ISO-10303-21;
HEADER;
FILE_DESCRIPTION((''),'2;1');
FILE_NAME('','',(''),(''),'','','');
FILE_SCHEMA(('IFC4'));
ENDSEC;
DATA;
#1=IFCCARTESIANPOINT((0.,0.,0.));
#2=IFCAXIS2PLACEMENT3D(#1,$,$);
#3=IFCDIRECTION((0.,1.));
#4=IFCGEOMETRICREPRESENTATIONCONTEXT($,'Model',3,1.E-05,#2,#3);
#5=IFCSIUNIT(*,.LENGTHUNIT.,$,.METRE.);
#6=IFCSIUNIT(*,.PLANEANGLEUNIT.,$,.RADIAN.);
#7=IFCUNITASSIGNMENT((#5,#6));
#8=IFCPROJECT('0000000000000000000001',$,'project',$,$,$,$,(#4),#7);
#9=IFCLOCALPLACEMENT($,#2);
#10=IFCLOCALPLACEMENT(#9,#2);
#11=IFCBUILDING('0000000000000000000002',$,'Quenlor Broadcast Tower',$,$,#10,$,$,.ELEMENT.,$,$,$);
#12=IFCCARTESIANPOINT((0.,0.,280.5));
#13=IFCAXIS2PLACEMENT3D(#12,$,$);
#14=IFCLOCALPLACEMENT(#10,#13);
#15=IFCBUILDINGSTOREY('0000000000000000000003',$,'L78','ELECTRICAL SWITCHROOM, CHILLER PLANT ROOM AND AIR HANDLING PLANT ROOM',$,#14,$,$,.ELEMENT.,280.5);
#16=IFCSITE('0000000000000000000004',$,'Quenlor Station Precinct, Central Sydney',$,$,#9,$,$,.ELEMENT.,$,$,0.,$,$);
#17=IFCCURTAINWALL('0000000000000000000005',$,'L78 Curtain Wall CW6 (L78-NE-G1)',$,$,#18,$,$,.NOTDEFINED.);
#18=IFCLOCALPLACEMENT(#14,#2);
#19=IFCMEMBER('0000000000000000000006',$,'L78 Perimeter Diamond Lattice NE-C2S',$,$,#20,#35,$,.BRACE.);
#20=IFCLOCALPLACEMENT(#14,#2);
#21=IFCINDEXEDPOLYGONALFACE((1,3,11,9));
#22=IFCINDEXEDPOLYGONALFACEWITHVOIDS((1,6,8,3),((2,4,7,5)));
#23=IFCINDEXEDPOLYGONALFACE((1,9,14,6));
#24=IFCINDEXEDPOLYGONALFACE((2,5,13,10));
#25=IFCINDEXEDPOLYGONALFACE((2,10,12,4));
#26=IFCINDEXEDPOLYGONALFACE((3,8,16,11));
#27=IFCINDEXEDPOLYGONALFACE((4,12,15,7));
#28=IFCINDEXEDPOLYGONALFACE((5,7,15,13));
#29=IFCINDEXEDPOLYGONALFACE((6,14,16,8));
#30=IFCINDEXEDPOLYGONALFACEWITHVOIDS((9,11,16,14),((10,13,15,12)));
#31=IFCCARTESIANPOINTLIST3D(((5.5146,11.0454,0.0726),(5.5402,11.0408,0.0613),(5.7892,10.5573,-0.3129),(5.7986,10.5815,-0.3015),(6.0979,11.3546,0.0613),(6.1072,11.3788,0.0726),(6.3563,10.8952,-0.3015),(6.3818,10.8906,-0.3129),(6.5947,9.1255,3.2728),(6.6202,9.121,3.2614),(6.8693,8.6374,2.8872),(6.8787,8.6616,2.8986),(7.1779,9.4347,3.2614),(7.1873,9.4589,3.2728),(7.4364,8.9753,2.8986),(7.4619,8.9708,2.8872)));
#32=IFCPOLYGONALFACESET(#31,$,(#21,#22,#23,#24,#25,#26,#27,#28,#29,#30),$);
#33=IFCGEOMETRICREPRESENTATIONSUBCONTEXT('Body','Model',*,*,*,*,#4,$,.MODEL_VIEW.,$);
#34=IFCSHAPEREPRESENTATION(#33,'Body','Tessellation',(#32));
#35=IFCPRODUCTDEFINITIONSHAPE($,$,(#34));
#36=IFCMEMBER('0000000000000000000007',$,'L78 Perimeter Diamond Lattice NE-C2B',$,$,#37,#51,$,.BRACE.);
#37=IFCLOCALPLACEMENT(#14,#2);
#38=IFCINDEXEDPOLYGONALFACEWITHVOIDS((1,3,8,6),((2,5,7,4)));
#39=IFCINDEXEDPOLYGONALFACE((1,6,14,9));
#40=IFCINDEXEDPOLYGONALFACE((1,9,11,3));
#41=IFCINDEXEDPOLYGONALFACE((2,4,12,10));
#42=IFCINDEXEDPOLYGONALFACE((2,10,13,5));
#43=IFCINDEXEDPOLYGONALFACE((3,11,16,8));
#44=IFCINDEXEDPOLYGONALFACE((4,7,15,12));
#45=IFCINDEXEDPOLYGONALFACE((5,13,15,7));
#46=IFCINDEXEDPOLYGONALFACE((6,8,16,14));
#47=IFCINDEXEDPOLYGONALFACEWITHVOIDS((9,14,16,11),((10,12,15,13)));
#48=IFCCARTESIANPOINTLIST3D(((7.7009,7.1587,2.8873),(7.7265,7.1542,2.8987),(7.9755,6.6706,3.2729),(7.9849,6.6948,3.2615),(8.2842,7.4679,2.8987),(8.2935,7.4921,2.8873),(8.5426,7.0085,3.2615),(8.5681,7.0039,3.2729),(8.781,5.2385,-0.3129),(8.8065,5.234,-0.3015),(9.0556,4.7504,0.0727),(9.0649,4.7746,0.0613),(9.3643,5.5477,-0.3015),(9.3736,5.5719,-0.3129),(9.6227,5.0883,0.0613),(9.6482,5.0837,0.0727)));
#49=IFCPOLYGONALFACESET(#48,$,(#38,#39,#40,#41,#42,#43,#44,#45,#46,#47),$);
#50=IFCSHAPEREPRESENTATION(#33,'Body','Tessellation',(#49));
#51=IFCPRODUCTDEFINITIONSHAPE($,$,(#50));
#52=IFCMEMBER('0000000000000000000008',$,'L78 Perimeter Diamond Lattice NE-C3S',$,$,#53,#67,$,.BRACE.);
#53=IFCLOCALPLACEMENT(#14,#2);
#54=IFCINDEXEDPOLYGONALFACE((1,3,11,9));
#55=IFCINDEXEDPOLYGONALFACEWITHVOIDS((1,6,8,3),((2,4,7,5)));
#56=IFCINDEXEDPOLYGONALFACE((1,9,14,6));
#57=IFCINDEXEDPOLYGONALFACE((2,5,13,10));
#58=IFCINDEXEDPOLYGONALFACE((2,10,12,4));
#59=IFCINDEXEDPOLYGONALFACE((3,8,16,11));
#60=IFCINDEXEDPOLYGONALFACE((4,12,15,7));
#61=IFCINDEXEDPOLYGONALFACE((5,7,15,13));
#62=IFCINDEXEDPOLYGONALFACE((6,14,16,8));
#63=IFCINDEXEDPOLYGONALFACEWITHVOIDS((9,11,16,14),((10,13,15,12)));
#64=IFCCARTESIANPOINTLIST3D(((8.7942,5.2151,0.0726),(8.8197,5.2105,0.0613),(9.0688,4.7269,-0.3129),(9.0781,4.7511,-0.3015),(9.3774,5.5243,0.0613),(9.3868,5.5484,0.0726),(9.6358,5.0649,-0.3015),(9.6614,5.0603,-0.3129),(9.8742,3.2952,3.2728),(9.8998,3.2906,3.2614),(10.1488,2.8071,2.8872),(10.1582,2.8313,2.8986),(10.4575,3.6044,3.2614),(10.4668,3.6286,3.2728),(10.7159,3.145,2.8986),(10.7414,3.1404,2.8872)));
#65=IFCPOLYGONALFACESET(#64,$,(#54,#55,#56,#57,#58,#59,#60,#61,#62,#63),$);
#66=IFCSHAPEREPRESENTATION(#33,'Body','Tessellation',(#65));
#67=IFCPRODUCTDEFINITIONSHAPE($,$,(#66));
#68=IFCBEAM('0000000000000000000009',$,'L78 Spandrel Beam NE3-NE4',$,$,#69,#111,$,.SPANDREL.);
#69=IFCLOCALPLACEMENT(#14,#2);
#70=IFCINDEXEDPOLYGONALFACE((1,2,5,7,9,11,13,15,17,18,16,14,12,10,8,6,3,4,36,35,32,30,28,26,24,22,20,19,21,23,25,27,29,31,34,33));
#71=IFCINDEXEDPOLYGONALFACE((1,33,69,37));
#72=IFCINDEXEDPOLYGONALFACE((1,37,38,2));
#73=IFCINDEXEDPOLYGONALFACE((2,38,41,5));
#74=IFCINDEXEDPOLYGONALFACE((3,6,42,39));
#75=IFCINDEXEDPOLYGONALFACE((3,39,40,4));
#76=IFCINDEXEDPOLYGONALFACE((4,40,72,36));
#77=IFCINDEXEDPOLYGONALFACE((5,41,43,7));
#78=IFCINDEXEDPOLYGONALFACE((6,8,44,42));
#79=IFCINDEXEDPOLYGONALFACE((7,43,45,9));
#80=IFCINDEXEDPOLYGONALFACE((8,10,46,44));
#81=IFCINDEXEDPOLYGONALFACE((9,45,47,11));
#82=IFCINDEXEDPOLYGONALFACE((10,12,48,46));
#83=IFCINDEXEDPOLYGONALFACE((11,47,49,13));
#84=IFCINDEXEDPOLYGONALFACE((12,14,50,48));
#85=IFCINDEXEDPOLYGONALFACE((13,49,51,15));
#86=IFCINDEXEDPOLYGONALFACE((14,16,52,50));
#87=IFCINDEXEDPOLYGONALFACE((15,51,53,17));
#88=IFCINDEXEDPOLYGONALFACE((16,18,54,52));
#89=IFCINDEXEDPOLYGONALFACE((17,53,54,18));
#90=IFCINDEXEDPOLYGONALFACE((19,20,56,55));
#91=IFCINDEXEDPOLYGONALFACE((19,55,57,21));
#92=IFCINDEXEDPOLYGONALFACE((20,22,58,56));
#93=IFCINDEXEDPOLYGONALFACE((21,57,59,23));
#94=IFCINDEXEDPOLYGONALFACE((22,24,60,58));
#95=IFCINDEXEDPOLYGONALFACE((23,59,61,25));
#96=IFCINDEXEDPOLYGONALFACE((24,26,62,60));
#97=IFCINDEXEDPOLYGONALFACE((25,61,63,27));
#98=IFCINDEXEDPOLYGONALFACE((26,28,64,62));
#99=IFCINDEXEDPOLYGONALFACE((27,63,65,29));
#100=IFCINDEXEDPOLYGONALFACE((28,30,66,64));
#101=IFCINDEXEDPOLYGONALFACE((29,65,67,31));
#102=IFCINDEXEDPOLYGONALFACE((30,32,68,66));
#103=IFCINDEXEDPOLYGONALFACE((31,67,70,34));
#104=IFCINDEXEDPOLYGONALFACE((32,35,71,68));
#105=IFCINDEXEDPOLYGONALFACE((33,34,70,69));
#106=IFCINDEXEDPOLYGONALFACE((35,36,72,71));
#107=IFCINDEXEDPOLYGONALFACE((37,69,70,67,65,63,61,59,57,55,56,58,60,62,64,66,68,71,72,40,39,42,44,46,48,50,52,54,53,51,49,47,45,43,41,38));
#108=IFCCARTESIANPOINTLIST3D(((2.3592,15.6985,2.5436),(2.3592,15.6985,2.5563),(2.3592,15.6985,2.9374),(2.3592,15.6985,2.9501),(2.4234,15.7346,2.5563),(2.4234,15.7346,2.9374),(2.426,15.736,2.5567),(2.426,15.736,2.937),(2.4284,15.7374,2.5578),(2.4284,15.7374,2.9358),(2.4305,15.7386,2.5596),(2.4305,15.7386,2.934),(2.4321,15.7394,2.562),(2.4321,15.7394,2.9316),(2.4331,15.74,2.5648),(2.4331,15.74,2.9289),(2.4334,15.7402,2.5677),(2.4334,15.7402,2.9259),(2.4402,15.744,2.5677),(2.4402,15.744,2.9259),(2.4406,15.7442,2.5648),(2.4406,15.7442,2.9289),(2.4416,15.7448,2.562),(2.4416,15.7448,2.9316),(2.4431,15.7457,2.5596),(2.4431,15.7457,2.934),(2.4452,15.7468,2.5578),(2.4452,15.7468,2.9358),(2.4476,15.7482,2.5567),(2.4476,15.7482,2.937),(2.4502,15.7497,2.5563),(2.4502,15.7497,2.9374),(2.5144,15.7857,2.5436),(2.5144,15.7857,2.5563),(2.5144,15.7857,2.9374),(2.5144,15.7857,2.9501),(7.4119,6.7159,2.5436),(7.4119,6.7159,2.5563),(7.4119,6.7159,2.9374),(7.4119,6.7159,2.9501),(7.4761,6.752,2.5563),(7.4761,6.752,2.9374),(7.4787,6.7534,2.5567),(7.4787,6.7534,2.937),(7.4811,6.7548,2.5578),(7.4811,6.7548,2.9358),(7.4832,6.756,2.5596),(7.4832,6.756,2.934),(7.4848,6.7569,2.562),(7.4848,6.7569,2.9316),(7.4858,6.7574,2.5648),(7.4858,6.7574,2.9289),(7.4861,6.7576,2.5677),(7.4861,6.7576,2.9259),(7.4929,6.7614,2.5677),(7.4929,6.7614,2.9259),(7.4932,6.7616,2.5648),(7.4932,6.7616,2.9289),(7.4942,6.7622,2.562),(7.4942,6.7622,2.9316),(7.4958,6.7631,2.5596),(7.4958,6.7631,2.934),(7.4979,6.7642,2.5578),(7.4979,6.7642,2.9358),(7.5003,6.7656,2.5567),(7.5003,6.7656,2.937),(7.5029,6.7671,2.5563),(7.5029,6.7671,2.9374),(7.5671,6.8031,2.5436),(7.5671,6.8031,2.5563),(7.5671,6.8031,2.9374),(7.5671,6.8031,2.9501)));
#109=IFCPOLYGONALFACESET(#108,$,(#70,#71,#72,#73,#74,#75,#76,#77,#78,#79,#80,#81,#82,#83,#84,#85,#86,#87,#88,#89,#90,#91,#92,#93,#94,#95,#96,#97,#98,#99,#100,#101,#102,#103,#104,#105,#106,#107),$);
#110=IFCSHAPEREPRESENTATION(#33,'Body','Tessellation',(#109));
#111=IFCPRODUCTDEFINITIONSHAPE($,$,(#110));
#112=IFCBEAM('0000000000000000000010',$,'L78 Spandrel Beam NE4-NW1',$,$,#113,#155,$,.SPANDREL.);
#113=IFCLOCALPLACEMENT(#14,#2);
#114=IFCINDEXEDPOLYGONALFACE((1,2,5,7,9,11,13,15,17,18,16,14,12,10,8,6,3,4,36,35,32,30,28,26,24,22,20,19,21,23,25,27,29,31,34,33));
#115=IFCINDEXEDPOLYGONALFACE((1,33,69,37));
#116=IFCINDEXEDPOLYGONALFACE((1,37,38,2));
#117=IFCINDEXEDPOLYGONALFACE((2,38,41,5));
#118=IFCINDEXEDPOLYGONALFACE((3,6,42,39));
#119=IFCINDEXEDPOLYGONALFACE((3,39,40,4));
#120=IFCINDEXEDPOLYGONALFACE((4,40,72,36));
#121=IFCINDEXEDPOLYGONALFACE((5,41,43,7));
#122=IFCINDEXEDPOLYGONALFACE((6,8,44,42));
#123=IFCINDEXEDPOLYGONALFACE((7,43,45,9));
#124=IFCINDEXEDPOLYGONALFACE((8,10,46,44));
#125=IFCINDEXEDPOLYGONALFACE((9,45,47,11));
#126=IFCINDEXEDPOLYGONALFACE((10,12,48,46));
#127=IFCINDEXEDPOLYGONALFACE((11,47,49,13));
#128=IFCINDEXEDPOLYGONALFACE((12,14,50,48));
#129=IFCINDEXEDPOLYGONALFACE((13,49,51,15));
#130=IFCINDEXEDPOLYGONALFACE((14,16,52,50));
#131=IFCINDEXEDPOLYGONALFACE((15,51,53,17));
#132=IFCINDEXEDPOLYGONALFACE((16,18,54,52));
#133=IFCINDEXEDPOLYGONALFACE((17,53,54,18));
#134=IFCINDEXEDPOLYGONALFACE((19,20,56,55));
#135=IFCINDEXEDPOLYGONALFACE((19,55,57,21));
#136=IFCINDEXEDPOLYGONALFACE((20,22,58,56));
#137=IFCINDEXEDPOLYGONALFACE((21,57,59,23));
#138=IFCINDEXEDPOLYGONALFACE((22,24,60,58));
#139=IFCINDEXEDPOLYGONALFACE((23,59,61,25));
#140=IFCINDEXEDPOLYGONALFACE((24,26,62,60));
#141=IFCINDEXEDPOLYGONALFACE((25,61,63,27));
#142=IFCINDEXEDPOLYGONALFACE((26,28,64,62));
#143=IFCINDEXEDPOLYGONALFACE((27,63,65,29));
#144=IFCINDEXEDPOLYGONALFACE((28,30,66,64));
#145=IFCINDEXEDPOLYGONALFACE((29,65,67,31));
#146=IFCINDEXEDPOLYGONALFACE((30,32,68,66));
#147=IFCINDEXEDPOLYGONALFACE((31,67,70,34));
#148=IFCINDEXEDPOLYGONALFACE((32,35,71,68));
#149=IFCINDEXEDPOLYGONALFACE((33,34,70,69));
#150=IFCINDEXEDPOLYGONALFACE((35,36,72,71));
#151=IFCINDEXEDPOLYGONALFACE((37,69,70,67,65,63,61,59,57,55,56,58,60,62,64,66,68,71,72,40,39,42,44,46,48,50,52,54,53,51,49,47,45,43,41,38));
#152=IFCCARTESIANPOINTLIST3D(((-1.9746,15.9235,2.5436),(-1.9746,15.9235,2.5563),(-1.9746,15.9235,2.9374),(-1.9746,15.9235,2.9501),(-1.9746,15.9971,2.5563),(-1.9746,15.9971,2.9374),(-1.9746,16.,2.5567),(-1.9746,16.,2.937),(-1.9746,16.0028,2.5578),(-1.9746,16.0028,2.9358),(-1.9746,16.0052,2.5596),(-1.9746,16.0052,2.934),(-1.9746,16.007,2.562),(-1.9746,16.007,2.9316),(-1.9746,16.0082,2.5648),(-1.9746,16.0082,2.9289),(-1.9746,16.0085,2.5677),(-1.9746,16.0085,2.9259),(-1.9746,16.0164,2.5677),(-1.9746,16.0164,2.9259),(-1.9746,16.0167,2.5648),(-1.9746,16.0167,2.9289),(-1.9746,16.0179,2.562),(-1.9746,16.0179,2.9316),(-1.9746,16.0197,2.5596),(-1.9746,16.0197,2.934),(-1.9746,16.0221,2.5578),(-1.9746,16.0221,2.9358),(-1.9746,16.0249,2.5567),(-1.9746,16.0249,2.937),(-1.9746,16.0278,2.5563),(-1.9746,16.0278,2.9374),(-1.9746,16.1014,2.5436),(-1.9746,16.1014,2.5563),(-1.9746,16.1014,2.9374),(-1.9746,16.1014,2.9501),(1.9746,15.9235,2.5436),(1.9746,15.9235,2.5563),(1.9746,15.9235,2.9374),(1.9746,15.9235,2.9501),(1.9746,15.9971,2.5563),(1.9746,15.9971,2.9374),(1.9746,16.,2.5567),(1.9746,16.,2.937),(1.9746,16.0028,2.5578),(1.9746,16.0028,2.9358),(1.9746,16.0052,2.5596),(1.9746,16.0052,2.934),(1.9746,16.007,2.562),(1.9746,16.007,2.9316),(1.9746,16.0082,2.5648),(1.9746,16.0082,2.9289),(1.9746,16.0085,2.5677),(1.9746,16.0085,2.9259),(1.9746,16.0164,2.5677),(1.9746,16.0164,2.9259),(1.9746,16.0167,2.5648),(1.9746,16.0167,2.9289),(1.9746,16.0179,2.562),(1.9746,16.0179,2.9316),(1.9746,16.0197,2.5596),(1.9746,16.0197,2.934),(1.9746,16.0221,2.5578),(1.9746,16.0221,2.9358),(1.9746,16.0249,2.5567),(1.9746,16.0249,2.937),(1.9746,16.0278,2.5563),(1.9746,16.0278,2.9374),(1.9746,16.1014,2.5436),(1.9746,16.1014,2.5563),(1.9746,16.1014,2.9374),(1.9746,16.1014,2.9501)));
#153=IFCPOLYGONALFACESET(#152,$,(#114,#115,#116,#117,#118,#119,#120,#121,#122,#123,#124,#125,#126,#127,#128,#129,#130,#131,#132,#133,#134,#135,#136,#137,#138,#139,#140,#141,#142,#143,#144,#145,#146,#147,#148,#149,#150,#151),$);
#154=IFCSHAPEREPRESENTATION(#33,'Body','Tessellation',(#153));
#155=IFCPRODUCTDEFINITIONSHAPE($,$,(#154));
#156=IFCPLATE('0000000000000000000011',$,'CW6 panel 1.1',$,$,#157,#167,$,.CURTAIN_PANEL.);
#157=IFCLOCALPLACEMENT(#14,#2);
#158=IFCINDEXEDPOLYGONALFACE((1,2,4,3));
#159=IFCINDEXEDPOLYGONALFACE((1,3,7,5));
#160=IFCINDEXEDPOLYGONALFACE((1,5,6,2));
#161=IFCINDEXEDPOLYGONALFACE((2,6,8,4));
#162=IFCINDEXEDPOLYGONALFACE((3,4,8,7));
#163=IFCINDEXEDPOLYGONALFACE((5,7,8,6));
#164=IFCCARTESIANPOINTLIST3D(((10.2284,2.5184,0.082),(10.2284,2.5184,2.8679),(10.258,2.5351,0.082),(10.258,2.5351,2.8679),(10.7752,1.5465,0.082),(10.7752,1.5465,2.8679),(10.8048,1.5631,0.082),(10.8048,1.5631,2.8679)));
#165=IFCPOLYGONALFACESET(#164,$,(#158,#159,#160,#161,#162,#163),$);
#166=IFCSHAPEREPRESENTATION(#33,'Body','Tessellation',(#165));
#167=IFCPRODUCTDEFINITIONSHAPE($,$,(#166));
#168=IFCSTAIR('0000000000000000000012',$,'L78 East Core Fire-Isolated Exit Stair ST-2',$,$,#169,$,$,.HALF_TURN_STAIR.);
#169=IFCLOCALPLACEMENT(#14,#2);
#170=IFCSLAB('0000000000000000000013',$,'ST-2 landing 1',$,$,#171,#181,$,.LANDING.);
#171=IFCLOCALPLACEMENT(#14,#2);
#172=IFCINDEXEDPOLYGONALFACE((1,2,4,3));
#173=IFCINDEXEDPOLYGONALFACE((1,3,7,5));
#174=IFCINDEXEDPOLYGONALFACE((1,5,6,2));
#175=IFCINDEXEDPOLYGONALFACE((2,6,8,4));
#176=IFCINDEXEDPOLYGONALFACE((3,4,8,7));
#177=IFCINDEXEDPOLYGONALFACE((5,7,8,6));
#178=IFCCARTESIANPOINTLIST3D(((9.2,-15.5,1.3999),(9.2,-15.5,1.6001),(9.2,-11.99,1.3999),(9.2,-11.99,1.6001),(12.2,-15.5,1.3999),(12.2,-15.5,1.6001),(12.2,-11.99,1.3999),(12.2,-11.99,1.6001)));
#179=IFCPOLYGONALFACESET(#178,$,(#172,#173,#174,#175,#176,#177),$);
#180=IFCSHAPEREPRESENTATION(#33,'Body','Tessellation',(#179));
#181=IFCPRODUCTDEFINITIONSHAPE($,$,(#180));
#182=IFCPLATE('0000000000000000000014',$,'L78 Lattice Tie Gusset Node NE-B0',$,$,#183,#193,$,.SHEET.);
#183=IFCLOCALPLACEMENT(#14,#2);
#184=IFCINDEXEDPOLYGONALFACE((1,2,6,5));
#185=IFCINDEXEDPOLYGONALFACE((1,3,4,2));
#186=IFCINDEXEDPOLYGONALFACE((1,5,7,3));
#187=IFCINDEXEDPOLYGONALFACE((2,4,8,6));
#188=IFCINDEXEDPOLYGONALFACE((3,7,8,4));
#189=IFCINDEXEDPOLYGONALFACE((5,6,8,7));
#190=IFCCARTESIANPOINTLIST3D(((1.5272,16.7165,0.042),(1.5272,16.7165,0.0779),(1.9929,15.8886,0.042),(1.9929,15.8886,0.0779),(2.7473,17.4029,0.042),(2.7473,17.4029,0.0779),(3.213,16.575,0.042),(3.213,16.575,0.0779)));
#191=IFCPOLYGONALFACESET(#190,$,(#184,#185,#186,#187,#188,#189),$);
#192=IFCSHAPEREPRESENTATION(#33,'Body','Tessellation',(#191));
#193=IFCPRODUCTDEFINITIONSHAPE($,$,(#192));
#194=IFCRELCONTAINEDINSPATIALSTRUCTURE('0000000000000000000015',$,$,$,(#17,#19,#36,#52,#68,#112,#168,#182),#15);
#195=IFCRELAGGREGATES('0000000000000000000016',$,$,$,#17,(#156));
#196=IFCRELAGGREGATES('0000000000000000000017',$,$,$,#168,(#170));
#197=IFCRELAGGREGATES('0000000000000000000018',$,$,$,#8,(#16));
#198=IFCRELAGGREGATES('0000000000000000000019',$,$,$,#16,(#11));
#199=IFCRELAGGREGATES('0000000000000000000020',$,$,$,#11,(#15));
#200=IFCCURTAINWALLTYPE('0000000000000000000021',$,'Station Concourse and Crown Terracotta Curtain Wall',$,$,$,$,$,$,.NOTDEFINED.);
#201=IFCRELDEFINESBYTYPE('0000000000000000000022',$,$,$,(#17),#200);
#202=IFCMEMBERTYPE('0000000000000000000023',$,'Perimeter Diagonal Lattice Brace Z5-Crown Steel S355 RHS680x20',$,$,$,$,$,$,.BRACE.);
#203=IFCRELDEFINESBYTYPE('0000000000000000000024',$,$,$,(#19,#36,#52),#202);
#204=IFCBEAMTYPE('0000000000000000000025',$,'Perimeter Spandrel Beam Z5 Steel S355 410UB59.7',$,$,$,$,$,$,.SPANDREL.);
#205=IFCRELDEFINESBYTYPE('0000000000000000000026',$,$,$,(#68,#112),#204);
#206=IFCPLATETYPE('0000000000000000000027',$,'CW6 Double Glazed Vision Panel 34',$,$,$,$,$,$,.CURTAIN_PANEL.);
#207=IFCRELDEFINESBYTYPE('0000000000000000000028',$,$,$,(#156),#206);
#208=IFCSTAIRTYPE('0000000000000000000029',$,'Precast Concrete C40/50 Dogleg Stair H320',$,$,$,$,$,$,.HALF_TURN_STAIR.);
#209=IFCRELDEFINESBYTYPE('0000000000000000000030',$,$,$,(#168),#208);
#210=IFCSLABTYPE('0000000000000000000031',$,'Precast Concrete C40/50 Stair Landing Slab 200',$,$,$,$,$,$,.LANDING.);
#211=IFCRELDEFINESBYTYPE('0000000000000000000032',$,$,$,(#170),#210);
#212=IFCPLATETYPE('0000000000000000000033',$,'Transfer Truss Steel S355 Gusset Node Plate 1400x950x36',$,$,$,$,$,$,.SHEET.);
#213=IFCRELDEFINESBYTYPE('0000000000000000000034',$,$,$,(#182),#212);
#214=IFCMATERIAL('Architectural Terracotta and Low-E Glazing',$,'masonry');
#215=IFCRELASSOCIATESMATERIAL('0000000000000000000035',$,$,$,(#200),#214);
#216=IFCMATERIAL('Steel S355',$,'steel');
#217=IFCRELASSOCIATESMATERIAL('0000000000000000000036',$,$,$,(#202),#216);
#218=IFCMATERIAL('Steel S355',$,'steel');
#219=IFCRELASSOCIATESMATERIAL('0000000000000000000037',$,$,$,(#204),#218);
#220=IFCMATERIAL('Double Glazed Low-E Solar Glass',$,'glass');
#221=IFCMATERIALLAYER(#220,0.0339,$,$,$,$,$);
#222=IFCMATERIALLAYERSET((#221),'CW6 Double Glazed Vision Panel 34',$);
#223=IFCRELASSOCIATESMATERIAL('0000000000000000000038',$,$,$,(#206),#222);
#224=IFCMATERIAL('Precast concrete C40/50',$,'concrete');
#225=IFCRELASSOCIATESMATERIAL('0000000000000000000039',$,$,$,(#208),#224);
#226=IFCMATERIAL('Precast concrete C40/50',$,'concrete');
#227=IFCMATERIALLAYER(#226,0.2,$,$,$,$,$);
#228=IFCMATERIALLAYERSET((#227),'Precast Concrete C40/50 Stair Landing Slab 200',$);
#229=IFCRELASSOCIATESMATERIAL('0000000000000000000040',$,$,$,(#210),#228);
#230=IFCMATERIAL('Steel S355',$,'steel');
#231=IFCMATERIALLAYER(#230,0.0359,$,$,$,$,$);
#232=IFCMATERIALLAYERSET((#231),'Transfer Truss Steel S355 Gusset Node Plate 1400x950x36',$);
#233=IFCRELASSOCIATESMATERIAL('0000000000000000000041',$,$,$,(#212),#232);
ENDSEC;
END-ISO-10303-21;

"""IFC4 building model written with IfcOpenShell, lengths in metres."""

from ifc_helpers import new_model, si_unit, direction, frame, origin, origin_2d, place, context, subcontext, project, spatial, polyline, rectangle, hollow_rectangle, i_section, outline, extrude, material, layer, layer_set, material_profile, profile_set, type_object, element, aggregate, save


model = new_model("IFC4")

# Units and contexts
model_context = context("Model", 3, precision=1e-05, world=origin(), true_north=direction((0.0, 1.0)))
body_context = subcontext(model_context, "Body", "Model", "MODEL_VIEW")
ifc_project = project(units=[si_unit("LENGTHUNIT", "METRE"), si_unit("PLANEANGLEUNIT", "RADIAN")], contexts=[model_context])

# Site, building, storey
site_placement = place(None, origin())
site = spatial("IfcSite", under=ifc_project, at=site_placement, Name="Quenlor Station Precinct, Central Sydney", CompositionType="ELEMENT", RefElevation=0.0)
building_placement = place(site_placement, origin())
building = spatial("IfcBuilding", under=site, at=building_placement, Name="Quenlor Broadcast Tower", CompositionType="ELEMENT")
storey_placement = place(building_placement, frame((0.0, 0.0, 280.5)))
storey = spatial("IfcBuildingStorey", under=building, at=storey_placement, Name="L78", Description="ELECTRICAL SWITCHROOM, CHILLER PLANT ROOM AND AIR HANDLING PLANT ROOM", CompositionType="ELEMENT", Elevation=280.5)

# Curtain wall
ifc_material_1 = material(Name="Architectural Terracotta and Low-E Glazing", Category="masonry")
curtain_wall_type = type_object("IfcCurtainWallType", Name="Station Concourse and Crown Terracotta Curtain Wall", PredefinedType="NOTDEFINED", material=ifc_material_1)
curtain_wall_placement = place(storey_placement, origin())
curtain_wall = element("IfcCurtainWall", 1, at=curtain_wall_placement, inside=storey, type_object=curtain_wall_type, Name="L78 Curtain Wall CW6 (L78-NE-G1)", PredefinedType="NOTDEFINED")

# Members
ifc_material_2 = material(Name="Steel S355", Category="steel")
ifc_material_profile_1 = material_profile(ifc_material_2, hollow_rectangle(XDim=0.6799, YDim=0.6799, WallThickness=0.02, at=origin_2d()))
ifc_profile_set_1 = profile_set([ifc_material_profile_1], Name="Steel S355 RHS680x680x20")
member_type_1 = type_object("IfcMemberType", Name="Perimeter Diagonal Lattice Brace Z5-Crown Steel S355 RHS680x20", PredefinedType="BRACE", material=ifc_profile_set_1)
member_1_placement = place(storey_placement, frame((5.9482, 10.968, -0.1201), z_axis=(0.278006, -0.494177, 0.823712), x_axis=(0.871552, 0.490303, 0.0)))
element("IfcMember", 2, at=member_1_placement, inside=storey, type_object=member_type_1, Name="L78 Perimeter Diamond Lattice NE-C2S", PredefinedType="BRACE", context=body_context, shape_type="SweptSolid", body=[
    extrude(hollow_rectangle(XDim=0.6799, YDim=0.6799, WallThickness=0.02, at=origin_2d()), origin(), (0.0, 0.0, 1.0), 3.885),
])
member_2_placement = place(storey_placement, frame((9.2146, 5.1611, -0.1201), z_axis=(-0.277997, 0.494225, 0.823687), x_axis=(-0.871578, -0.490256, 0.0)))
element("IfcMember", 3, at=member_2_placement, inside=storey, type_object=member_type_1, Name="L78 Perimeter Diamond Lattice NE-C2B", PredefinedType="BRACE", context=body_context, shape_type="SweptSolid", body=[
    extrude(hollow_rectangle(XDim=0.6799, YDim=0.6799, WallThickness=0.02, at=origin_2d()), origin(), (0.0, 0.0, 1.0), 3.8853),
])
member_3_placement = place(storey_placement, frame((9.2278, 5.1377, -0.1201), z_axis=(0.278006, -0.494177, 0.823712), x_axis=(0.871552, 0.490303, 0.0)))
element("IfcMember", 4, at=member_3_placement, inside=storey, type_object=member_type_1, Name="L78 Perimeter Diamond Lattice NE-C3S", PredefinedType="BRACE", context=body_context, shape_type="SweptSolid", body=[
    extrude(hollow_rectangle(XDim=0.6799, YDim=0.6799, WallThickness=0.02, at=origin_2d()), origin(), (0.0, 0.0, 1.0), 3.885),
])

# Beams
ifc_material_3 = material(Name="Steel S355", Category="steel")
ifc_material_profile_2 = material_profile(ifc_material_3, i_section(OverallWidth=0.178, OverallDepth=0.4065, WebThickness=0.0078, FlangeThickness=0.0127, FilletRadius=0.0115, at=origin_2d()))
ifc_profile_set_2 = profile_set([ifc_material_profile_2], Name="Steel S355 410UB59.7")
beam_type_1 = type_object("IfcBeamType", Name="Perimeter Spandrel Beam Z5 Steel S355 410UB59.7", PredefinedType="SPANDREL", material=ifc_profile_set_2)
beam_1_placement = place(storey_placement, frame((7.4895, 6.7595, 2.7468), z_axis=(-0.49026, 0.871576, 0.0), x_axis=(-0.871576, -0.49026, 0.0)))
element("IfcBeam", 5, at=beam_1_placement, inside=storey, type_object=beam_type_1, Name="L78 Spandrel Beam NE3-NE4", PredefinedType="SPANDREL", context=body_context, shape_type="SweptSolid", body=[
    extrude(i_section(OverallWidth=0.178, OverallDepth=0.4065, WebThickness=0.0078, FlangeThickness=0.0127, FilletRadius=0.0115, at=origin_2d()), origin(), (0.0, 0.0, 1.0), 10.3062),
])
beam_2_placement = place(storey_placement, frame((1.9746, 16.0125, 2.7468), z_axis=(-1.0, 0.0, 0.0), x_axis=(0.0, -1.0, 0.0)))
element("IfcBeam", 6, at=beam_2_placement, inside=storey, type_object=beam_type_1, Name="L78 Spandrel Beam NE4-NW1", PredefinedType="SPANDREL", context=body_context, shape_type="SweptSolid", body=[
    extrude(i_section(OverallWidth=0.178, OverallDepth=0.4065, WebThickness=0.0078, FlangeThickness=0.0127, FilletRadius=0.0115, at=origin_2d()), origin(), (0.0, 0.0, 1.0), 3.9492),
])

# Plate
ifc_material_4 = material(Name="Double Glazed Low-E Solar Glass", Category="glass")
ifc_layer_1 = layer(ifc_material_4, 0.0339)
ifc_layer_set_1 = layer_set([ifc_layer_1], Name="CW6 Double Glazed Vision Panel 34")
plate_type_1 = type_object("IfcPlateType", Name="CW6 Double Glazed Vision Panel 34", PredefinedType="CURTAIN_PANEL", material=ifc_layer_set_1)
plate_placement = place(storey_placement, frame((10.5166, 2.0408, 0.082), z_axis=(0.0, 0.0, 1.0), x_axis=(0.490302, -0.871553, 0.0)))
plate = element("IfcPlate", 7, at=plate_placement, type_object=plate_type_1, Name="CW6 panel 1.1", PredefinedType="CURTAIN_PANEL", context=body_context, shape_type="SweptSolid", body=[
    extrude(rectangle(XDim=1.1152, YDim=0.0339, at=origin_2d()), origin(), (0.0, 0.0, 1.0), 2.7859),
])
aggregate(curtain_wall, [plate])

# Stair, slab
ifc_material_5 = material(Name="Precast concrete C40/50", Category="concrete")
stair_type = type_object("IfcStairType", Name="Precast Concrete C40/50 Dogleg Stair H320", PredefinedType="HALF_TURN_STAIR", material=ifc_material_5)
stair_placement = place(storey_placement, origin())
stair = element("IfcStair", 8, at=stair_placement, inside=storey, type_object=stair_type, Name="L78 East Core Fire-Isolated Exit Stair ST-2", PredefinedType="HALF_TURN_STAIR")
ifc_material_6 = material(Name="Precast concrete C40/50", Category="concrete")
ifc_layer_2 = layer(ifc_material_6, 0.2)
ifc_layer_set_2 = layer_set([ifc_layer_2], Name="Precast Concrete C40/50 Stair Landing Slab 200")
slab_type = type_object("IfcSlabType", Name="Precast Concrete C40/50 Stair Landing Slab 200", PredefinedType="LANDING", material=ifc_layer_set_2)
slab_placement = place(storey_placement, frame((0.0, 0.0, 1.3999)))
slab = element("IfcSlab", 9, at=slab_placement, type_object=slab_type, Name="ST-2 landing 1", PredefinedType="LANDING", context=body_context, shape_type="SweptSolid", body=[
    extrude(outline(polyline([(9.2, -11.99), (9.2, -15.5), (12.2, -15.5), (12.2, -11.99), (9.2, -11.99)])), origin(), (0.0, 0.0, 1.0), 0.2002),
])
aggregate(stair, [slab])

# Plate
ifc_material_7 = material(Name="Steel S355", Category="steel")
ifc_layer_3 = layer(ifc_material_7, 0.0359)
ifc_layer_set_3 = layer_set([ifc_layer_3], Name="Transfer Truss Steel S355 Gusset Node Plate 1400x950x36")
plate_type_2 = type_object("IfcPlateType", Name="Transfer Truss Steel S355 Gusset Node Plate 1400x950x36", PredefinedType="SHEET", material=ifc_layer_set_3)
for number, where, z_axis, x_axis, name in (
    (10, (2.3701, 16.6458, 0.042), (0.0, 0.0, 1.0), (0.871556, 0.490295, 0.0), "L78 Lattice Tie Gusset Node NE-B0"),
):
    element("IfcPlate", number, at=place(storey_placement, frame(where, z_axis=z_axis, x_axis=x_axis)), inside=storey, type_object=plate_type_2, Name=name, PredefinedType="SHEET", context=body_context, shape_type="SweptSolid", body=[
        extrude(rectangle(XDim=1.3999, YDim=0.95, at=origin_2d()), origin(), (0.0, 0.0, 1.0), 0.0359),
    ])

save(model, "model.ifc")
